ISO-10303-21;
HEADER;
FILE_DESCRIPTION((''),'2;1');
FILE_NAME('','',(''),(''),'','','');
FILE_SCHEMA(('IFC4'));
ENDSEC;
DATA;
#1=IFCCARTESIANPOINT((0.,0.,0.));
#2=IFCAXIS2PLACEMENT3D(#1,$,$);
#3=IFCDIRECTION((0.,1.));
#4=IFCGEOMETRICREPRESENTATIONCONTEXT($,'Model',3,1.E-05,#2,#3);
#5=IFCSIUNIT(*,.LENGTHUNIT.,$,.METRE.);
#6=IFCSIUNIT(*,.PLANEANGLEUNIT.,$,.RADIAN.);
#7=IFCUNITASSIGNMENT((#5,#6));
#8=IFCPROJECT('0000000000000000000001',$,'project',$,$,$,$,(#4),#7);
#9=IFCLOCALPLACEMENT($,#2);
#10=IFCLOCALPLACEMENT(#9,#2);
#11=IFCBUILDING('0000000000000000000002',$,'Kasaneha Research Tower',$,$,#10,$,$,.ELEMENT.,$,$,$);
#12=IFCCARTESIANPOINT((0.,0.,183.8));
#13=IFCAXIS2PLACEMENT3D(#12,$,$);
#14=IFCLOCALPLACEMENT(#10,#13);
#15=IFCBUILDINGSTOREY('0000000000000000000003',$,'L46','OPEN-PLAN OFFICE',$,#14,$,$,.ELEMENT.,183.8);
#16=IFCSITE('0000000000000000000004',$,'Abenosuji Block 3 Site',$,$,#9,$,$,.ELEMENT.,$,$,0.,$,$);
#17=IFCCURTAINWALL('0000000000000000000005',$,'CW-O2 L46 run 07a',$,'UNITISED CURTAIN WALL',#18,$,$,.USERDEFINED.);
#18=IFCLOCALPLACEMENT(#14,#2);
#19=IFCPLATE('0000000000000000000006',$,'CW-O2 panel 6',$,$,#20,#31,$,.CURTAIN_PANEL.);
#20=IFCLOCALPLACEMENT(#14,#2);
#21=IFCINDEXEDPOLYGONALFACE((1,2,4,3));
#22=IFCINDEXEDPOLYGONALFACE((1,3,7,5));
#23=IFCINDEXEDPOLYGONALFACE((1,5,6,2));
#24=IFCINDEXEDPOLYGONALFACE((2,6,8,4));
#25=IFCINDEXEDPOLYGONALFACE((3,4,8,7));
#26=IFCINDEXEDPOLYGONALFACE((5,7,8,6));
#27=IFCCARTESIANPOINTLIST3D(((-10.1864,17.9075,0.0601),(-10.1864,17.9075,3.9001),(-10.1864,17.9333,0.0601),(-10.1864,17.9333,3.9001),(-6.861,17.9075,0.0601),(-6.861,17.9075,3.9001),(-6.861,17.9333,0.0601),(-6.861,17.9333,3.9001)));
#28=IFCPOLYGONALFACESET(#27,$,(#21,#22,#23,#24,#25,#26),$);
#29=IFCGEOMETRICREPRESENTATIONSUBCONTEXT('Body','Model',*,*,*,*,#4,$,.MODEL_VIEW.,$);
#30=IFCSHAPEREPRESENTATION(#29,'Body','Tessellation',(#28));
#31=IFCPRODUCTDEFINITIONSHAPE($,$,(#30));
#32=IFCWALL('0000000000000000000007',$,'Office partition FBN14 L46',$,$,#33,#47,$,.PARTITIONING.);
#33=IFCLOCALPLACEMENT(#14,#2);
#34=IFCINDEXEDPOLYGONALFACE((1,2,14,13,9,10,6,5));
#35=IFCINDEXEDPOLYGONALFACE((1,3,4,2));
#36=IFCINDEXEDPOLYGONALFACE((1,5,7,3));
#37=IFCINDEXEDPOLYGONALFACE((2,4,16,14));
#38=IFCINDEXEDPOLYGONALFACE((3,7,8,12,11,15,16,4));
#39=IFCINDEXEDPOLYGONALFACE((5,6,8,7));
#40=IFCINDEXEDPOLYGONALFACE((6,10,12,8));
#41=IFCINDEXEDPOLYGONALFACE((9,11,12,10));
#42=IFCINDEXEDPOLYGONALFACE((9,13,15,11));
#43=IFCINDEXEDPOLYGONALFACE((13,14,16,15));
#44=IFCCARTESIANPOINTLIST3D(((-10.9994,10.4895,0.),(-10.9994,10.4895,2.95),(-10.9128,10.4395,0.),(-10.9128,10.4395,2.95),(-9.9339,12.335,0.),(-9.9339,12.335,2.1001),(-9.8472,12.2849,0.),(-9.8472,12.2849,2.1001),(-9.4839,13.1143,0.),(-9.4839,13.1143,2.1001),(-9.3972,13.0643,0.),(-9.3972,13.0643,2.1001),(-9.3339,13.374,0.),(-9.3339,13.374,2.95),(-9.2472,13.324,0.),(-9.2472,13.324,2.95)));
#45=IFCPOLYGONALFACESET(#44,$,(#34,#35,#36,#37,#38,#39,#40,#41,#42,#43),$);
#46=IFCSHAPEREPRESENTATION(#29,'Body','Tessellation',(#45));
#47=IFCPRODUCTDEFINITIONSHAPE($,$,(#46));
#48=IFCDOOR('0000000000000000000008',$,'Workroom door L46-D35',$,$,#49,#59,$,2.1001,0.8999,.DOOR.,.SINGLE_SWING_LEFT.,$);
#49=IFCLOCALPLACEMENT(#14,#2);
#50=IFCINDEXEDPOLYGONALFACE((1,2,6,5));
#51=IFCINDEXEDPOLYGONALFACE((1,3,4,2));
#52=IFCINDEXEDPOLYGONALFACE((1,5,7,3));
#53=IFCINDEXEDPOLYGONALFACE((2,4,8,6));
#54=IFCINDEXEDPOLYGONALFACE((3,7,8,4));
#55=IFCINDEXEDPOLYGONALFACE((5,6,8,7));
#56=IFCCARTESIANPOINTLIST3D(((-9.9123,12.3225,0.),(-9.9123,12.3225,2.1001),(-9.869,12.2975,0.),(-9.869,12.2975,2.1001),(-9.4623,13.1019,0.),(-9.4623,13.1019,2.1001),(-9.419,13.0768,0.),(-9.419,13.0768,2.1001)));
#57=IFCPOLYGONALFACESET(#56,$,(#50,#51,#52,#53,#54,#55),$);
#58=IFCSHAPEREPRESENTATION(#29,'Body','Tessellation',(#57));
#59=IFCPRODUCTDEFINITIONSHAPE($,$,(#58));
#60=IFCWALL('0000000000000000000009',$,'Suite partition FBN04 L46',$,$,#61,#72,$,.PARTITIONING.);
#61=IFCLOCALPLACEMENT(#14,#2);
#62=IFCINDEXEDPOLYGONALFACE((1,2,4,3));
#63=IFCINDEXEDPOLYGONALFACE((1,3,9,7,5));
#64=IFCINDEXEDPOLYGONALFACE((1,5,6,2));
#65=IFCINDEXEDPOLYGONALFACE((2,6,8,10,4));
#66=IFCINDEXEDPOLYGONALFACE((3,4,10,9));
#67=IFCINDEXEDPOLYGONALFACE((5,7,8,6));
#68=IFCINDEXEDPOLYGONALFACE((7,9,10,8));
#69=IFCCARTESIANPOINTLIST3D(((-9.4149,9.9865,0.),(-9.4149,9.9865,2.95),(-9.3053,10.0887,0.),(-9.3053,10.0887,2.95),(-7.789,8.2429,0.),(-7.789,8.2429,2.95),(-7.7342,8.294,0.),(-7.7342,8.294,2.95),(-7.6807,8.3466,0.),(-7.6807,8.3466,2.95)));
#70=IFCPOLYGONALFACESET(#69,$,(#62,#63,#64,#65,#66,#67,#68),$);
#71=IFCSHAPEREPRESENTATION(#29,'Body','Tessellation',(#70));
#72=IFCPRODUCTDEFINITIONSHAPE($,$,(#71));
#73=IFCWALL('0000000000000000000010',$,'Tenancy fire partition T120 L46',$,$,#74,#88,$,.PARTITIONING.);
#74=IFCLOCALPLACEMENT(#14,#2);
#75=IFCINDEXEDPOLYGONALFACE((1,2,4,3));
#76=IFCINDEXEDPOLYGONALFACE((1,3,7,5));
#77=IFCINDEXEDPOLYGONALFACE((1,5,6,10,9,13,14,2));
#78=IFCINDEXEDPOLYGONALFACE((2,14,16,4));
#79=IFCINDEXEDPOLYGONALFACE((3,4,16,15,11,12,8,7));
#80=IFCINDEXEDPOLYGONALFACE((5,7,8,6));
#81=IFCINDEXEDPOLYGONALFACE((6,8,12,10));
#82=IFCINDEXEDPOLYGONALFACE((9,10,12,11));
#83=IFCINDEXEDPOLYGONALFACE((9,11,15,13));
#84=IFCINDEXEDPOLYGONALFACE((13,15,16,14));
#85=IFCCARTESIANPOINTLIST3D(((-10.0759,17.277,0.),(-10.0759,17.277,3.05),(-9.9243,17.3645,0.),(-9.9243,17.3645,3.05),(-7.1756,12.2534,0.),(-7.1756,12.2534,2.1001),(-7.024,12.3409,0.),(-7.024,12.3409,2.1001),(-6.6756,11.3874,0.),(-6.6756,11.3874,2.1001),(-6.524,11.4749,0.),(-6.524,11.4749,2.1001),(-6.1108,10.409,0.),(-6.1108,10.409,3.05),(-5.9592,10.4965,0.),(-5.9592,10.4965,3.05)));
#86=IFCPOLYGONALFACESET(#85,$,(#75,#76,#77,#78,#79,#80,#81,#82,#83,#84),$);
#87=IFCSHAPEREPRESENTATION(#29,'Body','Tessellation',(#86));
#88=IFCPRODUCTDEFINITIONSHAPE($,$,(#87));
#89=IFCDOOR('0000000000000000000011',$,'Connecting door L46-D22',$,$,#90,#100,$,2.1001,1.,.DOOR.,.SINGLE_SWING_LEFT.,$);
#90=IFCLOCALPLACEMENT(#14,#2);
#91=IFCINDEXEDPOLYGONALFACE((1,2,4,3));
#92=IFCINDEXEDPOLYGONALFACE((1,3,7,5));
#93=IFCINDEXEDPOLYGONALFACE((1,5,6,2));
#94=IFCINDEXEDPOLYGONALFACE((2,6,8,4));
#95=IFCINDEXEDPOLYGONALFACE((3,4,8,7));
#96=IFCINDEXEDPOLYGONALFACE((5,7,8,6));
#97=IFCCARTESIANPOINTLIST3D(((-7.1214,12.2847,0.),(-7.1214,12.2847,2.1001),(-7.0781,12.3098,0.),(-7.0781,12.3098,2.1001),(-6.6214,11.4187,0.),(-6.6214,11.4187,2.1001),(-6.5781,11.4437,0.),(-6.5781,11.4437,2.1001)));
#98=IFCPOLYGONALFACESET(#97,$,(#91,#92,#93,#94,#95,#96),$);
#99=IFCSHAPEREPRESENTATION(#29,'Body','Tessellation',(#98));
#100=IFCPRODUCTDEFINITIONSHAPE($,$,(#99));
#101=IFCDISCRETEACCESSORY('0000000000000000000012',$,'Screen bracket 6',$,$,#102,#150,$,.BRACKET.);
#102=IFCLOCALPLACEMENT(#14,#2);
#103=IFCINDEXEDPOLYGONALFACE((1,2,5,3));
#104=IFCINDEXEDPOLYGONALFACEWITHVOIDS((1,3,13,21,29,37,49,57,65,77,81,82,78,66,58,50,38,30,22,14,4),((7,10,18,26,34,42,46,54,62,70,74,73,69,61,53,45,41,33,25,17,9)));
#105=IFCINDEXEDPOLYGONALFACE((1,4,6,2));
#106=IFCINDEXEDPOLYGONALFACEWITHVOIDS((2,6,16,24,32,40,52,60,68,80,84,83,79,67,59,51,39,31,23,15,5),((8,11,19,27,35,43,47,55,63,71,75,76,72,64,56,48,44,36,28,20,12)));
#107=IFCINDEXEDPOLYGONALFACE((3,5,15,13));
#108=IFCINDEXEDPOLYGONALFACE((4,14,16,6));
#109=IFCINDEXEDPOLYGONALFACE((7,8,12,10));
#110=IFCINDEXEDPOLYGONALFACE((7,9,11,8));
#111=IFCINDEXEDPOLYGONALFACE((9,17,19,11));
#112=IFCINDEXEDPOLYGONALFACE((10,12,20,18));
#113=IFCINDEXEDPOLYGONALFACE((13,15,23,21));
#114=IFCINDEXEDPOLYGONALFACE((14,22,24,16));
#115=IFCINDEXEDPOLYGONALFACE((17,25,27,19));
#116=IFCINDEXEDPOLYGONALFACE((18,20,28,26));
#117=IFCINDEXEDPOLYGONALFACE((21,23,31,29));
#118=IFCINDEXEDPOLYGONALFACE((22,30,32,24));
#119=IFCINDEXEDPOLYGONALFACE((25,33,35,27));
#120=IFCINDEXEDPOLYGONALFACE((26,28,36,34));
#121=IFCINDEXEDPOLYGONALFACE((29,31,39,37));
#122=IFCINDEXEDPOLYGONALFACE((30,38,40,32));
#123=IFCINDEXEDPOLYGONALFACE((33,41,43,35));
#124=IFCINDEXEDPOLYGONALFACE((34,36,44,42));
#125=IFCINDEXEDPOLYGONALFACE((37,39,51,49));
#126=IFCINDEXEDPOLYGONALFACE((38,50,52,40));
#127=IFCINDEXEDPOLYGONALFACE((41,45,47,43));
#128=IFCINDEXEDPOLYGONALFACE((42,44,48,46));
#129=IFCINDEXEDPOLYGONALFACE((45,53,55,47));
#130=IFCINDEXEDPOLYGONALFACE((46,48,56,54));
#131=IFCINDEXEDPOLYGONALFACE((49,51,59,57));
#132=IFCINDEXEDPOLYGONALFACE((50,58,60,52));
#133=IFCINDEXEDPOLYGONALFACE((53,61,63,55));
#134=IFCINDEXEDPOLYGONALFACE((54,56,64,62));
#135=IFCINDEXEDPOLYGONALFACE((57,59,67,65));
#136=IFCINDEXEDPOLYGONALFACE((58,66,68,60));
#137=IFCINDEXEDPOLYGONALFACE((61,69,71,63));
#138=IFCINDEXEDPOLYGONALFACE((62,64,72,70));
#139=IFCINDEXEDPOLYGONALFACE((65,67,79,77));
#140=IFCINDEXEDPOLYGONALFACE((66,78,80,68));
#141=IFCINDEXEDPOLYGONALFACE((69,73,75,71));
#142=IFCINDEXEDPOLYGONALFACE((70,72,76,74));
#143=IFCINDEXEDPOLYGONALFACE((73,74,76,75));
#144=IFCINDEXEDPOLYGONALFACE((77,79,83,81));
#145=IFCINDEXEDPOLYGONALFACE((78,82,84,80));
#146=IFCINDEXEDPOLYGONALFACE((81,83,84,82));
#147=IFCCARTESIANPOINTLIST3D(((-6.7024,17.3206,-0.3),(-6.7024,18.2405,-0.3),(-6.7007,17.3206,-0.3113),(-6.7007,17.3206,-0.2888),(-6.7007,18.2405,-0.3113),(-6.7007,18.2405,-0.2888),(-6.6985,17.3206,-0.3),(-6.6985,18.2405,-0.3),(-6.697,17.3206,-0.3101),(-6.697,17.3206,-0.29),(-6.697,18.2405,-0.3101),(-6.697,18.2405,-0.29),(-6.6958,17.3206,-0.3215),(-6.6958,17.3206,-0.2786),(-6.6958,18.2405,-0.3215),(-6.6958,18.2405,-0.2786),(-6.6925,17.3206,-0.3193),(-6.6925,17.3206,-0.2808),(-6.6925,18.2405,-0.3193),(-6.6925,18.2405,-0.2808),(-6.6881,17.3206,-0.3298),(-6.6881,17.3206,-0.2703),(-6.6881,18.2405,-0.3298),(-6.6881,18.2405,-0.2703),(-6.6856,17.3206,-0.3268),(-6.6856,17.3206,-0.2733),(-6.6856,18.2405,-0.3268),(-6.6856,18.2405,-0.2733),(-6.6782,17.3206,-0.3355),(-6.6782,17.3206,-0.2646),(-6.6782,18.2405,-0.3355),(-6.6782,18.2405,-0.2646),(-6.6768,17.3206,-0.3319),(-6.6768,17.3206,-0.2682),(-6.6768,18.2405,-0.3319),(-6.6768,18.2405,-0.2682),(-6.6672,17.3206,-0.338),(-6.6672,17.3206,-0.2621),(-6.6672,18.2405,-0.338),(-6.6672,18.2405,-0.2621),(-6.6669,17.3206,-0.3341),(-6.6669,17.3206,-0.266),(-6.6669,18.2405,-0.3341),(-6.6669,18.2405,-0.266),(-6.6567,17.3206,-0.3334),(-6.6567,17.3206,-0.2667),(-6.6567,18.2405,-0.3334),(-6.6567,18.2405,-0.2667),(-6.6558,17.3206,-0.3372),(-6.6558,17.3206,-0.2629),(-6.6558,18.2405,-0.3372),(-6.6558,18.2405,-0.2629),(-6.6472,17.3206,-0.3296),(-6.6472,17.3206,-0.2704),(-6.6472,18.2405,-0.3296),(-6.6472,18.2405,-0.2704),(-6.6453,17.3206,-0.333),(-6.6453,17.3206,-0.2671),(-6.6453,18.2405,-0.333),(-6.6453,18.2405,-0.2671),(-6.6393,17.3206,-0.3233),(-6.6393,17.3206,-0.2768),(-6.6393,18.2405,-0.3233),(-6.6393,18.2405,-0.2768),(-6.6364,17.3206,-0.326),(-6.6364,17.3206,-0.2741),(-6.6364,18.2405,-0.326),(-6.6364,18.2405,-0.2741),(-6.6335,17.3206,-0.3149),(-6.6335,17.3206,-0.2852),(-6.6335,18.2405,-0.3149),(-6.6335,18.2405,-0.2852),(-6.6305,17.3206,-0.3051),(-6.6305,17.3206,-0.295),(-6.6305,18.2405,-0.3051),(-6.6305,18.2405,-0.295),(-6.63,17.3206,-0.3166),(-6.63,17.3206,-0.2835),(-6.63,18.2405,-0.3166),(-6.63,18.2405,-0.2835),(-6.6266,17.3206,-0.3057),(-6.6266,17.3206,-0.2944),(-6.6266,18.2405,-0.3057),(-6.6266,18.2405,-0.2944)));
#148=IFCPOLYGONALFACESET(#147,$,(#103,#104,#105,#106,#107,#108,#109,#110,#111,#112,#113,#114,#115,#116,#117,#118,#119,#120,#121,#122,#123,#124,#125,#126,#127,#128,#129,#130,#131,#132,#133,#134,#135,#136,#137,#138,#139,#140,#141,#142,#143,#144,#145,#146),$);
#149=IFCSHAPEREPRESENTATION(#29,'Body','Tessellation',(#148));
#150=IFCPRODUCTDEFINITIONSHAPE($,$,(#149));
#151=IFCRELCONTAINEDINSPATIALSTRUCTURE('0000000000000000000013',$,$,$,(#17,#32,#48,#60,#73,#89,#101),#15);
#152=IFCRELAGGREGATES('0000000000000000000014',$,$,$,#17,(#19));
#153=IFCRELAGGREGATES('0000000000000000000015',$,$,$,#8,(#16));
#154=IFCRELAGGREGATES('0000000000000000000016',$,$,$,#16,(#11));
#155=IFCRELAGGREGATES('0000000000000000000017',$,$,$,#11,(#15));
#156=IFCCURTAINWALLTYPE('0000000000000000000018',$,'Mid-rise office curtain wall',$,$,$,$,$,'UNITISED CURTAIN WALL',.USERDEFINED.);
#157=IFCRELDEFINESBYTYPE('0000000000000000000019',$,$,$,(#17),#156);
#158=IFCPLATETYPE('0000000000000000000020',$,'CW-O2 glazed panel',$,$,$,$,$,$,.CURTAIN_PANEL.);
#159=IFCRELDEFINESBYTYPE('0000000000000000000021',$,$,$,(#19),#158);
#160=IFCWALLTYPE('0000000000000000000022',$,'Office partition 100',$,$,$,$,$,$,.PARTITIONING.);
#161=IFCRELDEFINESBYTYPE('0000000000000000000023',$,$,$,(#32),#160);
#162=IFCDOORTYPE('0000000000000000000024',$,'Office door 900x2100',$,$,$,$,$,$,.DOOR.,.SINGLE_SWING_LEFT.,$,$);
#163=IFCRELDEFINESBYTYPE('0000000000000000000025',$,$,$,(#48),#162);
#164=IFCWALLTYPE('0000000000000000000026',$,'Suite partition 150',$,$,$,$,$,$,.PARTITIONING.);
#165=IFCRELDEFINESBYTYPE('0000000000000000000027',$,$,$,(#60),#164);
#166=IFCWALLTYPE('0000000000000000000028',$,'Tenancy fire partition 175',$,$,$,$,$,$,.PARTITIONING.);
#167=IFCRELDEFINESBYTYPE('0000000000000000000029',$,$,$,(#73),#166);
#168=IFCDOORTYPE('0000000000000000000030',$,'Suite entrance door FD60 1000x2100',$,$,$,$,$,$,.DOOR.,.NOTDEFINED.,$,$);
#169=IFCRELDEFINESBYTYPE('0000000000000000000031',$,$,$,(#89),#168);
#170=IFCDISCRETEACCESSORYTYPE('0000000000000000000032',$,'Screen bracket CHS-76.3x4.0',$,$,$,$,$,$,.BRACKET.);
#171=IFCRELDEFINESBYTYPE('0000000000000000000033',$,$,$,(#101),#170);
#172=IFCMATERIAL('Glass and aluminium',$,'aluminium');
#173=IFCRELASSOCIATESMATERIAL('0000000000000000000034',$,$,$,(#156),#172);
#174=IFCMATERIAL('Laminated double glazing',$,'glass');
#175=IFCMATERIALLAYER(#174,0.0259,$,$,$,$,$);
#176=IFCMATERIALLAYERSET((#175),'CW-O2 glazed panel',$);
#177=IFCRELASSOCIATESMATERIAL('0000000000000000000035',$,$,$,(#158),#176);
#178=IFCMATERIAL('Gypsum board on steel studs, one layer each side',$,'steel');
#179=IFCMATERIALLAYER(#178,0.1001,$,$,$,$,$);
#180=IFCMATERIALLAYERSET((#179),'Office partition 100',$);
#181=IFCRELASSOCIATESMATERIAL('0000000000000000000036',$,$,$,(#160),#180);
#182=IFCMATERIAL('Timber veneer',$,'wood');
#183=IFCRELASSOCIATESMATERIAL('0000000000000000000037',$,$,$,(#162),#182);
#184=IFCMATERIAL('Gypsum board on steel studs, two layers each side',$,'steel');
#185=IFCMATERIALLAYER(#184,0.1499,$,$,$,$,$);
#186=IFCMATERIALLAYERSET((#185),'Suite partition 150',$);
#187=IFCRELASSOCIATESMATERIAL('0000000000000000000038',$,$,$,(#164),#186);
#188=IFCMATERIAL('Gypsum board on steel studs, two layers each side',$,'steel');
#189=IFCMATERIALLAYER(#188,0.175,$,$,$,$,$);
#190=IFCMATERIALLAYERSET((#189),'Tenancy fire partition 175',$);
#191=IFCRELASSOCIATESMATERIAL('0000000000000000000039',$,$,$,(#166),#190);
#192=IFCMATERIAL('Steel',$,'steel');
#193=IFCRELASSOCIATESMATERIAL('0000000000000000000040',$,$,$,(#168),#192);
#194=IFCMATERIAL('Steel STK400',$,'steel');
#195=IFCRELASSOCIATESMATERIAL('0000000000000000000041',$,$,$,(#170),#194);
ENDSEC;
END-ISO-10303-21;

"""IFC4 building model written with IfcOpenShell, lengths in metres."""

from ifc_helpers import new_model, si_unit, direction, frame, frame_2d, origin, origin_2d, place, context, subcontext, project, spatial, polyline, rectangle, hollow_circle, outline, extrude, material, layer, layer_set, material_profile, profile_set, type_object, element, fill, aggregate, save


model = new_model("IFC4")

# Units and contexts
model_context = context("Model", 3, precision=1e-05, world=origin(), true_north=direction((0.0, 1.0)))
body_context = subcontext(model_context, "Body", "Model", "MODEL_VIEW")
ifc_project = project(units=[si_unit("LENGTHUNIT", "METRE"), si_unit("PLANEANGLEUNIT", "RADIAN")], contexts=[model_context])

# Site, building, storey
site_placement = place(None, origin())
site = spatial("IfcSite", under=ifc_project, at=site_placement, Name="Abenosuji Block 3 Site", CompositionType="ELEMENT", RefElevation=0.0)
building_placement = place(site_placement, origin())
building = spatial("IfcBuilding", under=site, at=building_placement, Name="Kasaneha Research Tower", CompositionType="ELEMENT")
storey_placement = place(building_placement, frame((0.0, 0.0, 183.8)))
storey = spatial("IfcBuildingStorey", under=building, at=storey_placement, Name="L46", Description="OPEN-PLAN OFFICE", CompositionType="ELEMENT", Elevation=183.8)

# Curtain wall
ifc_material_1 = material(Name="Glass and aluminium", Category="aluminium")
curtain_wall_type = type_object("IfcCurtainWallType", Name="Mid-rise office curtain wall", ElementType="UNITISED CURTAIN WALL", PredefinedType="USERDEFINED", material=ifc_material_1)
curtain_wall_placement = place(storey_placement, origin())
curtain_wall = element("IfcCurtainWall", 1, at=curtain_wall_placement, inside=storey, type_object=curtain_wall_type, Name="CW-O2 L46 run 07a", ObjectType="UNITISED CURTAIN WALL", PredefinedType="USERDEFINED")

# Plate
ifc_material_2 = material(Name="Laminated double glazing", Category="glass")
ifc_layer_1 = layer(ifc_material_2, 0.0259)
ifc_layer_set_1 = layer_set([ifc_layer_1], Name="CW-O2 glazed panel")
plate_type = type_object("IfcPlateType", Name="CW-O2 glazed panel", PredefinedType="CURTAIN_PANEL", material=ifc_layer_set_1)
plate_placement = place(storey_placement, frame((-8.5237, 17.9204, 0.0601), z_axis=(0.0, 0.0, 1.0), x_axis=(-1.0, 0.0, 0.0)))
plate = element("IfcPlate", 2, at=plate_placement, type_object=plate_type, Name="CW-O2 panel 6", PredefinedType="CURTAIN_PANEL", context=body_context, shape_type="SweptSolid", body=[
    extrude(rectangle(XDim=3.3254, YDim=0.0259, at=origin_2d()), origin(), (0.0, 0.0, 1.0), 3.8401),
])
aggregate(curtain_wall, [plate])

# Wall, opening, door
ifc_material_3 = material(Name="Gypsum board on steel studs, one layer each side", Category="steel")
ifc_layer_2 = layer(ifc_material_3, 0.1001)
ifc_layer_set_2 = layer_set([ifc_layer_2], Name="Office partition 100")
wall_type_1 = type_object("IfcWallType", Name="Office partition 100", PredefinedType="PARTITIONING", material=ifc_layer_set_2)
wall_1_placement = place(storey_placement, frame((-9.2905, 13.3491, 0.0), z_axis=(0.0, 0.0, 1.0), x_axis=(-0.500033, -0.866006, 0.0)))
wall_1 = element("IfcWall", 3, at=wall_1_placement, inside=storey, type_object=wall_type_1, Name="Office partition FBN14 L46", PredefinedType="PARTITIONING", context=body_context, shape_type="SweptSolid", body=[
    extrude(rectangle(XDim=3.3308, YDim=0.1001, at=frame_2d((1.6655, 0.0))), origin(), (0.0, 0.0, 1.0), 2.95),
])
opening_1_placement = place(wall_1_placement, frame((0.3, 0.0, 0.0)))
opening_1 = element("IfcOpeningElement", 4, at=opening_1_placement, cuts=wall_1, PredefinedType="OPENING", context=body_context, shape_type="SweptSolid", body=[
    extrude(rectangle(XDim=0.8999, YDim=2.1001, at=frame_2d((0.45, 1.05))), frame((0.0, 0.0601, 0.0), z_axis=(0.0, -1.0, 0.0), x_axis=(1.0, 0.0, 0.0)), (0.0, 0.0, 1.0), 0.1201),
])
ifc_material_4 = material(Name="Timber veneer", Category="wood")
door_type_1 = type_object("IfcDoorType", Name="Office door 900x2100", OperationType="SINGLE_SWING_LEFT", PredefinedType="DOOR", material=ifc_material_4)
door_1_placement = place(opening_1_placement, origin())
door_1 = element("IfcDoor", 5, at=door_1_placement, inside=storey, type_object=door_type_1, Name="Workroom door L46-D35", OperationType="SINGLE_SWING_LEFT", OverallHeight=2.1001, OverallWidth=0.8999, PredefinedType="DOOR", context=body_context, shape_type="SweptSolid", body=[
    extrude(rectangle(XDim=0.8999, YDim=2.1001, at=frame_2d((0.45, 1.05))), frame((0.0, 0.0249, 0.0), z_axis=(0.0, -1.0, 0.0), x_axis=(1.0, 0.0, 0.0)), (0.0, 0.0, 1.0), 0.05),
])
fill(opening_1, door_1)

# Wall
ifc_material_5 = material(Name="Gypsum board on steel studs, two layers each side", Category="steel")
ifc_layer_3 = layer(ifc_material_5, 0.1499)
ifc_layer_set_3 = layer_set([ifc_layer_3], Name="Suite partition 150")
wall_type_2 = type_object("IfcWallType", Name="Suite partition 150", PredefinedType="PARTITIONING", material=ifc_layer_set_3)
wall_2_placement = place(storey_placement, frame((-9.3601, 10.0376, 0.0), z_axis=(0.0, 0.0, 1.0), x_axis=(0.681997, -0.731355, 0.0)))
element("IfcWall", 6, at=wall_2_placement, inside=storey, type_object=wall_type_2, Name="Suite partition FBN04 L46", PredefinedType="PARTITIONING", context=body_context, shape_type="SweptSolid", body=[
    extrude(outline(polyline([(0.0, -0.075), (2.384, -0.075), (2.384, 0.0), (2.3821, 0.075), (0.0, 0.075), (0.0, -0.075)])), origin(), (0.0, 0.0, 1.0), 2.95),
])

# Wall, opening, door
ifc_material_6 = material(Name="Gypsum board on steel studs, two layers each side", Category="steel")
ifc_layer_4 = layer(ifc_material_6, 0.175)
ifc_layer_set_4 = layer_set([ifc_layer_4], Name="Tenancy fire partition 175")
wall_type_3 = type_object("IfcWallType", Name="Tenancy fire partition 175", PredefinedType="PARTITIONING", material=ifc_layer_set_4)
wall_3_placement = place(storey_placement, frame((-6.0349, 10.4526, 0.0), z_axis=(0.0, 0.0, 1.0), x_axis=(-0.49999, 0.866031, 0.0)))
wall_3 = element("IfcWall", 7, at=wall_3_placement, inside=storey, type_object=wall_type_3, Name="Tenancy fire partition T120 L46", PredefinedType="PARTITIONING", context=body_context, shape_type="SweptSolid", body=[
    extrude(rectangle(XDim=7.9304, YDim=0.175, at=frame_2d((3.9653, 0.0))), origin(), (0.0, 0.0, 1.0), 3.05),
])
opening_2_placement = place(wall_3_placement, frame((1.1299, 0.0, 0.0)))
opening_2 = element("IfcOpeningElement", 8, at=opening_2_placement, cuts=wall_3, PredefinedType="OPENING", context=body_context, shape_type="SweptSolid", body=[
    extrude(rectangle(XDim=1.0, YDim=2.1001, at=frame_2d((0.5, 1.05))), frame((0.0, 0.0977, 0.0), z_axis=(0.0, -1.0, 0.0), x_axis=(1.0, 0.0, 0.0)), (0.0, 0.0, 1.0), 0.1951),
])
ifc_material_7 = material(Name="Steel", Category="steel")
door_type_2 = type_object("IfcDoorType", Name="Suite entrance door FD60 1000x2100", OperationType="NOTDEFINED", PredefinedType="DOOR", material=ifc_material_7)
door_2_placement = place(opening_2_placement, origin())
door_2 = element("IfcDoor", 9, at=door_2_placement, inside=storey, type_object=door_type_2, Name="Connecting door L46-D22", OperationType="SINGLE_SWING_LEFT", OverallHeight=2.1001, OverallWidth=1.0, PredefinedType="DOOR", context=body_context, shape_type="SweptSolid", body=[
    extrude(rectangle(XDim=1.0, YDim=2.1001, at=frame_2d((0.5, 1.05))), frame((0.0, 0.0249, 0.0), z_axis=(0.0, -1.0, 0.0), x_axis=(1.0, 0.0, 0.0)), (0.0, 0.0, 1.0), 0.05),
])
fill(opening_2, door_2)

# Discrete accessory
ifc_material_8 = material(Name="Steel STK400", Category="steel")
ifc_material_profile_1 = material_profile(ifc_material_8, hollow_circle(Radius=0.0381, WallThickness=0.0039, at=origin_2d()), Name="CHS-76.3x4.0")
ifc_profile_set_1 = profile_set([ifc_material_profile_1], Name="Steel STK400")
discrete_accessory_type = type_object("IfcDiscreteAccessoryType", Name="Screen bracket CHS-76.3x4.0", PredefinedType="BRACKET", material=ifc_profile_set_1)
for number, where, z_axis, x_axis, name in (
    (10, (-6.6643, 17.3206, -0.3), (0.0, 1.0, 0.0), (-1.0, 0.0, 0.0), "Screen bracket 6"),
):
    element("IfcDiscreteAccessory", number, at=place(storey_placement, frame(where, z_axis=z_axis, x_axis=x_axis)), inside=storey, type_object=discrete_accessory_type, Name=name, PredefinedType="BRACKET", context=body_context, shape_type="SweptSolid", body=[
        extrude(hollow_circle(Radius=0.0381, WallThickness=0.0039, at=origin_2d()), origin(), (0.0, 0.0, 1.0), 0.9199),
    ])

save(model, "model.ifc")
